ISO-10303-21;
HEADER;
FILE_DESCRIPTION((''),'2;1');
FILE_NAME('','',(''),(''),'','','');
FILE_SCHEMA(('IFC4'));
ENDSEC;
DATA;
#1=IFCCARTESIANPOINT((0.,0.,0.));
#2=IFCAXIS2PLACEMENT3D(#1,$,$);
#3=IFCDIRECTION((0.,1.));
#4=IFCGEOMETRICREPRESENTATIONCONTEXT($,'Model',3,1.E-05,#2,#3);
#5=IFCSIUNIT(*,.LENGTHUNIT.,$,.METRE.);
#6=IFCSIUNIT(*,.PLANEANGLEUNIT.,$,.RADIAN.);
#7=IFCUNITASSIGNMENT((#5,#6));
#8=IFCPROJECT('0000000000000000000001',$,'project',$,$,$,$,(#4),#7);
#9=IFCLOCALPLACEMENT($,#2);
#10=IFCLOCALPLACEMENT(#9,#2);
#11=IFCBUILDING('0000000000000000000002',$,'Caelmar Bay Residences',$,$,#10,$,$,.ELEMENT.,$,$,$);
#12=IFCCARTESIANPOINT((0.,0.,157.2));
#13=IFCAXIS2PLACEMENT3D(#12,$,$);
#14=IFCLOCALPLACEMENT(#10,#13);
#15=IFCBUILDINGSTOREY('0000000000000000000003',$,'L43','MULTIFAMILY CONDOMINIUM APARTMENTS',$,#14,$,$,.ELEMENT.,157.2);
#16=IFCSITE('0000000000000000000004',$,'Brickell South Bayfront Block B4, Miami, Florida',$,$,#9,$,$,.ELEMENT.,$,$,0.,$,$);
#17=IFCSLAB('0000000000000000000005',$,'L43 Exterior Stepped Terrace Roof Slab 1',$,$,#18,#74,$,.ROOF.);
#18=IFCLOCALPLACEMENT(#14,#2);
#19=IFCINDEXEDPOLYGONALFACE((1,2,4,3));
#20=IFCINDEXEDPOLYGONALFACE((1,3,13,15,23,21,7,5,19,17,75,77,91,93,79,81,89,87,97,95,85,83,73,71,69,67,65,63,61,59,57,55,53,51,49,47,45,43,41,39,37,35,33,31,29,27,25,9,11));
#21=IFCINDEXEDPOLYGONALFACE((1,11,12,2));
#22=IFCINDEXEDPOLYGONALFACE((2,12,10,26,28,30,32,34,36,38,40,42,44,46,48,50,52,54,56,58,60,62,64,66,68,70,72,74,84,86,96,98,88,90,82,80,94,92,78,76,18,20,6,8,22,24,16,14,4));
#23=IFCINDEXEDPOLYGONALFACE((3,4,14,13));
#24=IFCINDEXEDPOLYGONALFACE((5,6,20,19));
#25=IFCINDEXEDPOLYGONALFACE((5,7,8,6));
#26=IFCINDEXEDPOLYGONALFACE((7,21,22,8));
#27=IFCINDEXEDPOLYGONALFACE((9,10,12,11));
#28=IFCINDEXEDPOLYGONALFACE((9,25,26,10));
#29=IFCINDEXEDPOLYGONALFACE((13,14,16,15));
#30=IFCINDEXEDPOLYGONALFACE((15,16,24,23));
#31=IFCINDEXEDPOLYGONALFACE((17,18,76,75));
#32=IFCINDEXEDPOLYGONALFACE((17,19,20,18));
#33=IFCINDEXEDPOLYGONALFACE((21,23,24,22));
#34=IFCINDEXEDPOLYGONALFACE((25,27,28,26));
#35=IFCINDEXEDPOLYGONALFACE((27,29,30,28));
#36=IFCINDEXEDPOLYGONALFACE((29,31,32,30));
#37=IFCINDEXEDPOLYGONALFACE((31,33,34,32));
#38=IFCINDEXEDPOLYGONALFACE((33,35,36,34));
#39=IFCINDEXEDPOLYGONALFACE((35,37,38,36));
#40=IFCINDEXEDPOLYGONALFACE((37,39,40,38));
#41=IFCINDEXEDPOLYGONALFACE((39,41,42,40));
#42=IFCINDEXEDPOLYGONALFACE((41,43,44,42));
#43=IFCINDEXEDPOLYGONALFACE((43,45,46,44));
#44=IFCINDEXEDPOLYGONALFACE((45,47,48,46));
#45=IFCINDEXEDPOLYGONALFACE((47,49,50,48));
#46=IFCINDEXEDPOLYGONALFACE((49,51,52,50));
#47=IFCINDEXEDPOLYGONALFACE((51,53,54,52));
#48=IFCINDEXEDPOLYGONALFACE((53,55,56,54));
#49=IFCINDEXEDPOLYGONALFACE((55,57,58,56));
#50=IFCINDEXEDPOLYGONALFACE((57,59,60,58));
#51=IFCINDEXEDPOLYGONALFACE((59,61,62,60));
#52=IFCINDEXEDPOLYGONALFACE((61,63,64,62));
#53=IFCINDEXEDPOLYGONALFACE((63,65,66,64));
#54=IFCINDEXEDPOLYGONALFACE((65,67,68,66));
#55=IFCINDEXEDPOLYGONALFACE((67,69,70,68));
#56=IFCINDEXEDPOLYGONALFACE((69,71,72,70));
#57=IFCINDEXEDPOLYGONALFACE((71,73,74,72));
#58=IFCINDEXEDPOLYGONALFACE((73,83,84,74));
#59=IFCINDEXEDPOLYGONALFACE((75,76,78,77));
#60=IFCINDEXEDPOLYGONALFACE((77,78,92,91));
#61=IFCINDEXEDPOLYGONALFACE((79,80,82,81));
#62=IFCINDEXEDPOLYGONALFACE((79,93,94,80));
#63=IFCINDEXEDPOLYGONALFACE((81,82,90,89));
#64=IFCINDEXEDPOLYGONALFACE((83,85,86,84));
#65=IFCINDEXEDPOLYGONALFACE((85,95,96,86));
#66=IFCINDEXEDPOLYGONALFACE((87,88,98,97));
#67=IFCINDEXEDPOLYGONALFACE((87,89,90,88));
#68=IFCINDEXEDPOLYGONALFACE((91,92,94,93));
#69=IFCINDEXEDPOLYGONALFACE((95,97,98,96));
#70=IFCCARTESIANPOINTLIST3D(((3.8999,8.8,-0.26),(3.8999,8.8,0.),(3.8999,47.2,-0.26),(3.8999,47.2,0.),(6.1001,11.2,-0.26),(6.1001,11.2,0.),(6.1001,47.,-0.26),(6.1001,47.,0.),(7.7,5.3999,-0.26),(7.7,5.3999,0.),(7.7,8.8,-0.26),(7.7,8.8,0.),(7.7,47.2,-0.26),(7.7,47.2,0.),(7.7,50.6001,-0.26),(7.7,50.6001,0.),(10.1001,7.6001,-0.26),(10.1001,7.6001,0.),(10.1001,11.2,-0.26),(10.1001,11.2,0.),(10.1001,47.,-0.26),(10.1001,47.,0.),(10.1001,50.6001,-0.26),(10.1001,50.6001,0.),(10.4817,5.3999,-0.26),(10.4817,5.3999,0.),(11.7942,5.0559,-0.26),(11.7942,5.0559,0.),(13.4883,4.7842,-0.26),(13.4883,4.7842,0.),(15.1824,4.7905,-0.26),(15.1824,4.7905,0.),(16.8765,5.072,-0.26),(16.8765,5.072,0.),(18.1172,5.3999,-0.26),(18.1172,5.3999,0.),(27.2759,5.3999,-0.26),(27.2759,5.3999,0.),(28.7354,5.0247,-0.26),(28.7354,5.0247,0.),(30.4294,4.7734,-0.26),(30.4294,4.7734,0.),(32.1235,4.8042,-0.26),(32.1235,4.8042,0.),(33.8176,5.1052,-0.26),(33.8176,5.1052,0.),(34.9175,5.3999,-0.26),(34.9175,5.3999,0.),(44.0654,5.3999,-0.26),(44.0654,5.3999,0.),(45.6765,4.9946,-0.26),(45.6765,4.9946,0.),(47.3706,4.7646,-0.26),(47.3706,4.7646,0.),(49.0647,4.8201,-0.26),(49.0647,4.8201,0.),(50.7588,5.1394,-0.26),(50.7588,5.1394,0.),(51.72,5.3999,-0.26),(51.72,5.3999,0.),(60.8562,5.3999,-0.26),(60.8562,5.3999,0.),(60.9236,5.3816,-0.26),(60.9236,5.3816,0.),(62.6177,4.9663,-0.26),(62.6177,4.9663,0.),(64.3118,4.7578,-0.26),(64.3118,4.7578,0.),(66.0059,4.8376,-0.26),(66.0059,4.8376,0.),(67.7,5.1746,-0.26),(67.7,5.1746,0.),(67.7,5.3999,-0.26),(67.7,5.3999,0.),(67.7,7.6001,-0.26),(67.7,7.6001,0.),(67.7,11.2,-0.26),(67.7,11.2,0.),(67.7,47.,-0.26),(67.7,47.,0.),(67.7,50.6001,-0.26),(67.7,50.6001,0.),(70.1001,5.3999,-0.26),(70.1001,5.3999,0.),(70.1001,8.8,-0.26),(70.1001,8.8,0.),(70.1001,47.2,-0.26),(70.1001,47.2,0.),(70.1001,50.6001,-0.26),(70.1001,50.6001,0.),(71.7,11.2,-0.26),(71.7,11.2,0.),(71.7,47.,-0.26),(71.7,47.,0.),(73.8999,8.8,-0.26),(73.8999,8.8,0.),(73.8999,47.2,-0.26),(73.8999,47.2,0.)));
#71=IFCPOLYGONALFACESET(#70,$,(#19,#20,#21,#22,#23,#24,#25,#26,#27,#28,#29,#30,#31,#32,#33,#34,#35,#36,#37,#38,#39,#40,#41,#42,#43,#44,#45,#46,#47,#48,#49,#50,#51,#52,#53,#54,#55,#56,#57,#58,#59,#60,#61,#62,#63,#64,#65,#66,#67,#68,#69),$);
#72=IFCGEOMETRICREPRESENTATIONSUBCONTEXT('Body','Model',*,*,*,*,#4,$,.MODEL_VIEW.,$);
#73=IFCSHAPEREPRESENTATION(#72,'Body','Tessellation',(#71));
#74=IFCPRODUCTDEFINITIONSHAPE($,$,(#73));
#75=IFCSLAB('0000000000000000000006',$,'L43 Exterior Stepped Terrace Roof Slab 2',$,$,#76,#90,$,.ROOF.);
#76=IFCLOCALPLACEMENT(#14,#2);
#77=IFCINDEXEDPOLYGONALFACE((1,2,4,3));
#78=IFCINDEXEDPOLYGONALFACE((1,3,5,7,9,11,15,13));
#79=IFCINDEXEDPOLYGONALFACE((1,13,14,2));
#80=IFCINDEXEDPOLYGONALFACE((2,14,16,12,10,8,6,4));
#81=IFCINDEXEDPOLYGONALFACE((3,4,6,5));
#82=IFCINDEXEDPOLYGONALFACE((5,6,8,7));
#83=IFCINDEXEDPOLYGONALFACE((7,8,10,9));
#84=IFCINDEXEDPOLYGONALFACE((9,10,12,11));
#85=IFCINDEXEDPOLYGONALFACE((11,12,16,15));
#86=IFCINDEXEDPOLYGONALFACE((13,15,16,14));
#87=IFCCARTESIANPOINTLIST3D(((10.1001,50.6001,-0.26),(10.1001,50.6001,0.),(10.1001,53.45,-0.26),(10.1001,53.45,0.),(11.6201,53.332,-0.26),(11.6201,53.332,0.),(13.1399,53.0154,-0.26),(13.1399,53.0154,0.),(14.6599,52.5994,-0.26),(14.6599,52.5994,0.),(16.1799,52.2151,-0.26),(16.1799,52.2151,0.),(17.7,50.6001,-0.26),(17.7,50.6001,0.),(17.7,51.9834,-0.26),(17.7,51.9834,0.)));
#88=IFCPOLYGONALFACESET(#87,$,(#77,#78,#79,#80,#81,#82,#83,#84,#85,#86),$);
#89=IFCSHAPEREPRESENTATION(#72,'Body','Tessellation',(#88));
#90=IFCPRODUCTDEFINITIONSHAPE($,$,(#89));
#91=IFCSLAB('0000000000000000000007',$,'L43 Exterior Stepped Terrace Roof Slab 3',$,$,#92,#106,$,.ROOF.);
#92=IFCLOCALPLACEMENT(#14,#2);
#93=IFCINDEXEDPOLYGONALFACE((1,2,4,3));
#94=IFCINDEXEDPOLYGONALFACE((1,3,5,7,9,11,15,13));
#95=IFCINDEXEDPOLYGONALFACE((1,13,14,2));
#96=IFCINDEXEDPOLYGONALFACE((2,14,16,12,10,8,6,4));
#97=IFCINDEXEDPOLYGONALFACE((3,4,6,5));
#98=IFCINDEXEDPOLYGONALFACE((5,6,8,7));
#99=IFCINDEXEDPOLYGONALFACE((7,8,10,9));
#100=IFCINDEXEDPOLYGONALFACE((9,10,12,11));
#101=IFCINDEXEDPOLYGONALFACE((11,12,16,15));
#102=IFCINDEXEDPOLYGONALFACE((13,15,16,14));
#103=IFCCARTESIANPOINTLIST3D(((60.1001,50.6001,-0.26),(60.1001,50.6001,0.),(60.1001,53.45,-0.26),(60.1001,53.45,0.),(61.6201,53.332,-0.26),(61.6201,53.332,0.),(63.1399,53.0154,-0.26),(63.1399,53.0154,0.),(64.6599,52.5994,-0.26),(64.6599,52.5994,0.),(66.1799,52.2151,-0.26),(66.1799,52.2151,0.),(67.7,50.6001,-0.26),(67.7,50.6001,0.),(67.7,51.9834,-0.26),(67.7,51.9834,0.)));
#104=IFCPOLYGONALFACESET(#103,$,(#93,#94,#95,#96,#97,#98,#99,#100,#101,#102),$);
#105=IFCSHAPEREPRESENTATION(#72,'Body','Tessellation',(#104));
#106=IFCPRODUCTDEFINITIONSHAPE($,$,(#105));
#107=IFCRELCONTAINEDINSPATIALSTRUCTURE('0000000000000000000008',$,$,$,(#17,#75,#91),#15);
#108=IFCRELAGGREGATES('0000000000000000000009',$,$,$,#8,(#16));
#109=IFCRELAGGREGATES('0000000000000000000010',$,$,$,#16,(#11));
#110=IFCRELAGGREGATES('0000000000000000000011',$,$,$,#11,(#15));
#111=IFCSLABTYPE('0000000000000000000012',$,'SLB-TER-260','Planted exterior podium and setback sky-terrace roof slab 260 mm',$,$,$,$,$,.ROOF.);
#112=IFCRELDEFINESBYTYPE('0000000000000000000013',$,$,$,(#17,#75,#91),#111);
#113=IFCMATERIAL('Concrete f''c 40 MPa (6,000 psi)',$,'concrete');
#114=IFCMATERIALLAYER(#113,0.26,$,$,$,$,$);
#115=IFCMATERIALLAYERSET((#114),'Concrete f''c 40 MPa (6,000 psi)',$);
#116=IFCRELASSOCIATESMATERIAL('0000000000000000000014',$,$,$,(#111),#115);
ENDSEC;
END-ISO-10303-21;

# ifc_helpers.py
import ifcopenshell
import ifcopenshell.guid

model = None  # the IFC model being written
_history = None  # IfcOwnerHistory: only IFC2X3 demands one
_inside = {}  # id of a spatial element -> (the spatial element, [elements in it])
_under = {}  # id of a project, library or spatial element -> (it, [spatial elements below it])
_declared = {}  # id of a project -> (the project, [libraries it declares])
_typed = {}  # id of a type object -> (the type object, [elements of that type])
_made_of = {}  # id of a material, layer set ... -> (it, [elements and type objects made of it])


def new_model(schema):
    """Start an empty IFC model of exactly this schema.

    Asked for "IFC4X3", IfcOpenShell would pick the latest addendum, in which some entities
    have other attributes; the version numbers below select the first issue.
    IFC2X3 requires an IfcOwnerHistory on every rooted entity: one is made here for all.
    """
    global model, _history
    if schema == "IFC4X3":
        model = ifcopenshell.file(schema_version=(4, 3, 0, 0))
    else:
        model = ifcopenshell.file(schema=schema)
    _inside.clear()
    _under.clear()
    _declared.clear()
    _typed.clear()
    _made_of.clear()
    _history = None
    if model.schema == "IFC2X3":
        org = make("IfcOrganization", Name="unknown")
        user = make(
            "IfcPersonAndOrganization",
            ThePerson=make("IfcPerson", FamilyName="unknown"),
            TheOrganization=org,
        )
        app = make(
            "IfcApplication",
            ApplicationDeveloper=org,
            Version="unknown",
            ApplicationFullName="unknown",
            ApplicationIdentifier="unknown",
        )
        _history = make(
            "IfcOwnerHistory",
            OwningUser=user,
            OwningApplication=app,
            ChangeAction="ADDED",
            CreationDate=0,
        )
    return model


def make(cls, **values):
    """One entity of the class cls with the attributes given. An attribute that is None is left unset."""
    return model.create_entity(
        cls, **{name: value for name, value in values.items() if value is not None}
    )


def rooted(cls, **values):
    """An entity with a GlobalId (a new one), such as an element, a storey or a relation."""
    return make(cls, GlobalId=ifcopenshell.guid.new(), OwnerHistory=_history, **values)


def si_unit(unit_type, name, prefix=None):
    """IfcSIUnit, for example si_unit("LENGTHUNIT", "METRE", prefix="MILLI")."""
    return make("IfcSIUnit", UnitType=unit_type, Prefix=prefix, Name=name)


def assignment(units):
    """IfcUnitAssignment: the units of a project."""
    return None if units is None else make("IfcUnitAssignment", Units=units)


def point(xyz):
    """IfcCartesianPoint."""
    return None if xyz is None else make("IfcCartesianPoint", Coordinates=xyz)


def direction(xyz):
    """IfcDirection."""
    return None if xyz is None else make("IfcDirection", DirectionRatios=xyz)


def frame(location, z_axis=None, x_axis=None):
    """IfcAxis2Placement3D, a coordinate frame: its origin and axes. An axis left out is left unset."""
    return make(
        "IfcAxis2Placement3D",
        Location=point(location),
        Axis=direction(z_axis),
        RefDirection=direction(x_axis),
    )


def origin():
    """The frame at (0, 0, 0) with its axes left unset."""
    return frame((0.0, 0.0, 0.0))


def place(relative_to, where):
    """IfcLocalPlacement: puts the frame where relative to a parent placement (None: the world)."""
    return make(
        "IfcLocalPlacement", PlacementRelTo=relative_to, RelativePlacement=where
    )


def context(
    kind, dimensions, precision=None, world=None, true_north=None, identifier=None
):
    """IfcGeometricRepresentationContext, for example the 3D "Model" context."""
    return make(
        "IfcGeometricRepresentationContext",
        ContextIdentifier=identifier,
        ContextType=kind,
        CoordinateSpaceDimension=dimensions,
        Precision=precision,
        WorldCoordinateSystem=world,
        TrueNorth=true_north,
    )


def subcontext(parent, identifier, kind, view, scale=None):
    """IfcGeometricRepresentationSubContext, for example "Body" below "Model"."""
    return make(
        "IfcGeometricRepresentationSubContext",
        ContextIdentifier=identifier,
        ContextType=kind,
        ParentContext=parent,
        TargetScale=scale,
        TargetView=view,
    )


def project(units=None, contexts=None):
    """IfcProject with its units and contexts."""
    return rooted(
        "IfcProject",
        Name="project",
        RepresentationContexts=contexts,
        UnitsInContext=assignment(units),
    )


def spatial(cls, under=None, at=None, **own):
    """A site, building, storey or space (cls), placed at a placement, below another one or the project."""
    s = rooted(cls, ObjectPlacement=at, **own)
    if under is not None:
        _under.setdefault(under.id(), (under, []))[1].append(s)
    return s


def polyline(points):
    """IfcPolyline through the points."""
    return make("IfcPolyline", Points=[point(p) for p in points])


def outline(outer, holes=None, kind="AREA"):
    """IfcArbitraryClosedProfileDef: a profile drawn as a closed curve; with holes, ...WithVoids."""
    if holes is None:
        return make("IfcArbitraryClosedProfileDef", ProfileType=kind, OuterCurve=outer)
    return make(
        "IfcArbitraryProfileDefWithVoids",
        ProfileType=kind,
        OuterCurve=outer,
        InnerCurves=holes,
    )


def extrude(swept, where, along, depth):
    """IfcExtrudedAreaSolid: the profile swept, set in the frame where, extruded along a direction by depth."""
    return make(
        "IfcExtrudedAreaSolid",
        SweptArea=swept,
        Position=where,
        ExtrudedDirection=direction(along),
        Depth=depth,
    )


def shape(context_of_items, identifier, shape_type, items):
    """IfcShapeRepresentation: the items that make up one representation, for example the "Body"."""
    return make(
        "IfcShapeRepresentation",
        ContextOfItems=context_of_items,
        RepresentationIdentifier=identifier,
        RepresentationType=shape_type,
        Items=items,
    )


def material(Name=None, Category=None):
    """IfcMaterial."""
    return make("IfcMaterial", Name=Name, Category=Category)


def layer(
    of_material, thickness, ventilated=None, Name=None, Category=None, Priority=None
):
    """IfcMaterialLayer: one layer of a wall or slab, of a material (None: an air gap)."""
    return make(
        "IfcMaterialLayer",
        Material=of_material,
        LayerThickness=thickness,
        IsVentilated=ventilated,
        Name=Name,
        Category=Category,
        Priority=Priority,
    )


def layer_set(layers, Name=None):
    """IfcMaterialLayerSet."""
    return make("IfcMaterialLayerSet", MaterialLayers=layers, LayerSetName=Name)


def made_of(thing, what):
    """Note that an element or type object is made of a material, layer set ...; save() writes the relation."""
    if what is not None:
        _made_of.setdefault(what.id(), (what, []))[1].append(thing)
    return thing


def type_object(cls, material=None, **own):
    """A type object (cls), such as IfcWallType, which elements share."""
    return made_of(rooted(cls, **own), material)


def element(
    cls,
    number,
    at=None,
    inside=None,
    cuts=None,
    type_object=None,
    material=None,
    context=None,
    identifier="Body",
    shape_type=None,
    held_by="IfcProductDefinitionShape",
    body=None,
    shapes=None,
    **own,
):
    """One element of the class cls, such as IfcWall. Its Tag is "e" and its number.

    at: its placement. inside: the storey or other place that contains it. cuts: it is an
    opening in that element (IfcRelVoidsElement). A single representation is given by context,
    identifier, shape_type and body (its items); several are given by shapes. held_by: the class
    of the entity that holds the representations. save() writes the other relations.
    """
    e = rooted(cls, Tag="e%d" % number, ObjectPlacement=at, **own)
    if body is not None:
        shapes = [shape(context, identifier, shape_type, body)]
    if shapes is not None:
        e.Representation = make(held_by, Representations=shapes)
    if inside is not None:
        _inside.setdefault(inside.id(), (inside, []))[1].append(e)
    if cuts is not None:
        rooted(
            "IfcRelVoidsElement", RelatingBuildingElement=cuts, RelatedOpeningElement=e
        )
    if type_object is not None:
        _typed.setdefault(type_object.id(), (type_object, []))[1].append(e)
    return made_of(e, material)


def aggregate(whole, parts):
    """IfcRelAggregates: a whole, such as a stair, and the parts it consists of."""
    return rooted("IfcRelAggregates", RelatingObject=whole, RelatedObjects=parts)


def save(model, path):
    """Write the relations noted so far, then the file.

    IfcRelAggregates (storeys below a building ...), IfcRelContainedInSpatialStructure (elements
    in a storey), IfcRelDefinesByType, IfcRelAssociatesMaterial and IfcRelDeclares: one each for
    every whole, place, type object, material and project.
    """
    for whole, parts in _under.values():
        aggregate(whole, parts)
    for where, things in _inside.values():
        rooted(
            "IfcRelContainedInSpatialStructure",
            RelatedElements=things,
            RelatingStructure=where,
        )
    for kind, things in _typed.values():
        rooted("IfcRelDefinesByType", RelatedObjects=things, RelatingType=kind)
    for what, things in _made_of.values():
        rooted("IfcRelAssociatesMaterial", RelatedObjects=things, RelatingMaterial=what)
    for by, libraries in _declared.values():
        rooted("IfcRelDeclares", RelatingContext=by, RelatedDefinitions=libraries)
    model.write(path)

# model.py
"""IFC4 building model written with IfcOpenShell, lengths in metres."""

from ifc_helpers import new_model, si_unit, direction, frame, origin, place, context, subcontext, project, spatial, polyline, outline, extrude, material, layer, layer_set, type_object, element, save


model = new_model("IFC4")

# Units and contexts
model_context = context("Model", 3, precision=1e-05, world=origin(), true_north=direction((0.0, 1.0)))
body_context = subcontext(model_context, "Body", "Model", "MODEL_VIEW")
ifc_project = project(units=[si_unit("LENGTHUNIT", "METRE"), si_unit("PLANEANGLEUNIT", "RADIAN")], contexts=[model_context])

# Site, building, storey
site_placement = place(None, origin())
site = spatial("IfcSite", under=ifc_project, at=site_placement, Name="Brickell South Bayfront Block B4, Miami, Florida", CompositionType="ELEMENT", RefElevation=0.0)
building_placement = place(site_placement, origin())
building = spatial("IfcBuilding", under=site, at=building_placement, Name="Caelmar Bay Residences", CompositionType="ELEMENT")
storey_placement = place(building_placement, frame((0.0, 0.0, 157.2)))
storey = spatial("IfcBuildingStorey", under=building, at=storey_placement, Name="L43", Description="MULTIFAMILY CONDOMINIUM APARTMENTS", CompositionType="ELEMENT", Elevation=157.2)

# Shared definitions
ifc_material_1 = material(Name="Concrete f'c 40 MPa (6,000 psi)", Category="concrete")

# Slabs
ifc_layer_1 = layer(ifc_material_1, 0.26)
ifc_layer_set_1 = layer_set([ifc_layer_1], Name="Concrete f'c 40 MPa (6,000 psi)")
slab_type_1 = type_object("IfcSlabType", Name="SLB-TER-260", Description="Planted exterior podium and setback sky-terrace roof slab 260 mm", PredefinedType="ROOF", material=ifc_layer_set_1)
slab_1_placement = place(storey_placement, frame((0.0, 0.0, -0.26)))
element("IfcSlab", 1, at=slab_1_placement, inside=storey, type_object=slab_type_1, Name="L43 Exterior Stepped Terrace Roof Slab 1", PredefinedType="ROOF", context=body_context, shape_type="SweptSolid", body=[
    extrude(outline(polyline([(15.1824, 4.7905), (16.8765, 5.072), (18.1172, 5.3999), (27.2759, 5.3999), (28.7354, 5.0247), (30.4294, 4.7734), (32.1235, 4.8042), (33.8176, 5.1052), (34.9175, 5.3999), (44.0654, 5.3999), (45.6765, 4.9946), (47.3706, 4.7646), (49.0647, 4.8201), (50.7588, 5.1394), (51.72, 5.3999), (60.8562, 5.3999), (60.9236, 5.3816), (62.6177, 4.9663), (64.3118, 4.7578), (66.0059, 4.8376), (67.7, 5.1746), (67.7, 5.3999), (70.1001, 5.3999), (70.1001, 8.8), (73.8999, 8.8), (73.8999, 47.2), (70.1001, 47.2), (70.1001, 50.6001), (67.7, 50.6001), (67.7, 47.0), (71.7, 47.0), (71.7, 11.2), (67.7, 11.2), (67.7, 7.6001), (10.1001, 7.6001), (10.1001, 11.2), (6.1001, 11.2), (6.1001, 47.0), (10.1001, 47.0), (10.1001, 50.6001), (7.7, 50.6001), (7.7, 47.2), (3.8999, 47.2), (3.8999, 8.8), (7.7, 8.8), (7.7, 5.3999), (10.4817, 5.3999), (11.7942, 5.0559), (13.4883, 4.7842), (15.1824, 4.7905)])), origin(), (0.0, 0.0, 1.0), 0.26),
])
slab_2_placement = place(storey_placement, frame((0.0, 0.0, -0.26)))
element("IfcSlab", 2, at=slab_2_placement, inside=storey, type_object=slab_type_1, Name="L43 Exterior Stepped Terrace Roof Slab 2", PredefinedType="ROOF", context=body_context, shape_type="SweptSolid", body=[
    extrude(outline(polyline([(10.1001, 50.6001), (17.7, 50.6001), (17.7, 51.9834), (16.1799, 52.2151), (14.6599, 52.5994), (13.1399, 53.0154), (11.6201, 53.332), (10.1001, 53.45), (10.1001, 50.6001)])), origin(), (0.0, 0.0, 1.0), 0.26),
])
slab_3_placement = place(storey_placement, frame((0.0, 0.0, -0.26)))
element("IfcSlab", 3, at=slab_3_placement, inside=storey, type_object=slab_type_1, Name="L43 Exterior Stepped Terrace Roof Slab 3", PredefinedType="ROOF", context=body_context, shape_type="SweptSolid", body=[
    extrude(outline(polyline([(60.1001, 50.6001), (67.7, 50.6001), (67.7, 51.9834), (66.1799, 52.2151), (64.6599, 52.5994), (63.1399, 53.0154), (61.6201, 53.332), (60.1001, 53.45), (60.1001, 50.6001)])), origin(), (0.0, 0.0, 1.0), 0.26),
])

save(model, "model.ifc")
